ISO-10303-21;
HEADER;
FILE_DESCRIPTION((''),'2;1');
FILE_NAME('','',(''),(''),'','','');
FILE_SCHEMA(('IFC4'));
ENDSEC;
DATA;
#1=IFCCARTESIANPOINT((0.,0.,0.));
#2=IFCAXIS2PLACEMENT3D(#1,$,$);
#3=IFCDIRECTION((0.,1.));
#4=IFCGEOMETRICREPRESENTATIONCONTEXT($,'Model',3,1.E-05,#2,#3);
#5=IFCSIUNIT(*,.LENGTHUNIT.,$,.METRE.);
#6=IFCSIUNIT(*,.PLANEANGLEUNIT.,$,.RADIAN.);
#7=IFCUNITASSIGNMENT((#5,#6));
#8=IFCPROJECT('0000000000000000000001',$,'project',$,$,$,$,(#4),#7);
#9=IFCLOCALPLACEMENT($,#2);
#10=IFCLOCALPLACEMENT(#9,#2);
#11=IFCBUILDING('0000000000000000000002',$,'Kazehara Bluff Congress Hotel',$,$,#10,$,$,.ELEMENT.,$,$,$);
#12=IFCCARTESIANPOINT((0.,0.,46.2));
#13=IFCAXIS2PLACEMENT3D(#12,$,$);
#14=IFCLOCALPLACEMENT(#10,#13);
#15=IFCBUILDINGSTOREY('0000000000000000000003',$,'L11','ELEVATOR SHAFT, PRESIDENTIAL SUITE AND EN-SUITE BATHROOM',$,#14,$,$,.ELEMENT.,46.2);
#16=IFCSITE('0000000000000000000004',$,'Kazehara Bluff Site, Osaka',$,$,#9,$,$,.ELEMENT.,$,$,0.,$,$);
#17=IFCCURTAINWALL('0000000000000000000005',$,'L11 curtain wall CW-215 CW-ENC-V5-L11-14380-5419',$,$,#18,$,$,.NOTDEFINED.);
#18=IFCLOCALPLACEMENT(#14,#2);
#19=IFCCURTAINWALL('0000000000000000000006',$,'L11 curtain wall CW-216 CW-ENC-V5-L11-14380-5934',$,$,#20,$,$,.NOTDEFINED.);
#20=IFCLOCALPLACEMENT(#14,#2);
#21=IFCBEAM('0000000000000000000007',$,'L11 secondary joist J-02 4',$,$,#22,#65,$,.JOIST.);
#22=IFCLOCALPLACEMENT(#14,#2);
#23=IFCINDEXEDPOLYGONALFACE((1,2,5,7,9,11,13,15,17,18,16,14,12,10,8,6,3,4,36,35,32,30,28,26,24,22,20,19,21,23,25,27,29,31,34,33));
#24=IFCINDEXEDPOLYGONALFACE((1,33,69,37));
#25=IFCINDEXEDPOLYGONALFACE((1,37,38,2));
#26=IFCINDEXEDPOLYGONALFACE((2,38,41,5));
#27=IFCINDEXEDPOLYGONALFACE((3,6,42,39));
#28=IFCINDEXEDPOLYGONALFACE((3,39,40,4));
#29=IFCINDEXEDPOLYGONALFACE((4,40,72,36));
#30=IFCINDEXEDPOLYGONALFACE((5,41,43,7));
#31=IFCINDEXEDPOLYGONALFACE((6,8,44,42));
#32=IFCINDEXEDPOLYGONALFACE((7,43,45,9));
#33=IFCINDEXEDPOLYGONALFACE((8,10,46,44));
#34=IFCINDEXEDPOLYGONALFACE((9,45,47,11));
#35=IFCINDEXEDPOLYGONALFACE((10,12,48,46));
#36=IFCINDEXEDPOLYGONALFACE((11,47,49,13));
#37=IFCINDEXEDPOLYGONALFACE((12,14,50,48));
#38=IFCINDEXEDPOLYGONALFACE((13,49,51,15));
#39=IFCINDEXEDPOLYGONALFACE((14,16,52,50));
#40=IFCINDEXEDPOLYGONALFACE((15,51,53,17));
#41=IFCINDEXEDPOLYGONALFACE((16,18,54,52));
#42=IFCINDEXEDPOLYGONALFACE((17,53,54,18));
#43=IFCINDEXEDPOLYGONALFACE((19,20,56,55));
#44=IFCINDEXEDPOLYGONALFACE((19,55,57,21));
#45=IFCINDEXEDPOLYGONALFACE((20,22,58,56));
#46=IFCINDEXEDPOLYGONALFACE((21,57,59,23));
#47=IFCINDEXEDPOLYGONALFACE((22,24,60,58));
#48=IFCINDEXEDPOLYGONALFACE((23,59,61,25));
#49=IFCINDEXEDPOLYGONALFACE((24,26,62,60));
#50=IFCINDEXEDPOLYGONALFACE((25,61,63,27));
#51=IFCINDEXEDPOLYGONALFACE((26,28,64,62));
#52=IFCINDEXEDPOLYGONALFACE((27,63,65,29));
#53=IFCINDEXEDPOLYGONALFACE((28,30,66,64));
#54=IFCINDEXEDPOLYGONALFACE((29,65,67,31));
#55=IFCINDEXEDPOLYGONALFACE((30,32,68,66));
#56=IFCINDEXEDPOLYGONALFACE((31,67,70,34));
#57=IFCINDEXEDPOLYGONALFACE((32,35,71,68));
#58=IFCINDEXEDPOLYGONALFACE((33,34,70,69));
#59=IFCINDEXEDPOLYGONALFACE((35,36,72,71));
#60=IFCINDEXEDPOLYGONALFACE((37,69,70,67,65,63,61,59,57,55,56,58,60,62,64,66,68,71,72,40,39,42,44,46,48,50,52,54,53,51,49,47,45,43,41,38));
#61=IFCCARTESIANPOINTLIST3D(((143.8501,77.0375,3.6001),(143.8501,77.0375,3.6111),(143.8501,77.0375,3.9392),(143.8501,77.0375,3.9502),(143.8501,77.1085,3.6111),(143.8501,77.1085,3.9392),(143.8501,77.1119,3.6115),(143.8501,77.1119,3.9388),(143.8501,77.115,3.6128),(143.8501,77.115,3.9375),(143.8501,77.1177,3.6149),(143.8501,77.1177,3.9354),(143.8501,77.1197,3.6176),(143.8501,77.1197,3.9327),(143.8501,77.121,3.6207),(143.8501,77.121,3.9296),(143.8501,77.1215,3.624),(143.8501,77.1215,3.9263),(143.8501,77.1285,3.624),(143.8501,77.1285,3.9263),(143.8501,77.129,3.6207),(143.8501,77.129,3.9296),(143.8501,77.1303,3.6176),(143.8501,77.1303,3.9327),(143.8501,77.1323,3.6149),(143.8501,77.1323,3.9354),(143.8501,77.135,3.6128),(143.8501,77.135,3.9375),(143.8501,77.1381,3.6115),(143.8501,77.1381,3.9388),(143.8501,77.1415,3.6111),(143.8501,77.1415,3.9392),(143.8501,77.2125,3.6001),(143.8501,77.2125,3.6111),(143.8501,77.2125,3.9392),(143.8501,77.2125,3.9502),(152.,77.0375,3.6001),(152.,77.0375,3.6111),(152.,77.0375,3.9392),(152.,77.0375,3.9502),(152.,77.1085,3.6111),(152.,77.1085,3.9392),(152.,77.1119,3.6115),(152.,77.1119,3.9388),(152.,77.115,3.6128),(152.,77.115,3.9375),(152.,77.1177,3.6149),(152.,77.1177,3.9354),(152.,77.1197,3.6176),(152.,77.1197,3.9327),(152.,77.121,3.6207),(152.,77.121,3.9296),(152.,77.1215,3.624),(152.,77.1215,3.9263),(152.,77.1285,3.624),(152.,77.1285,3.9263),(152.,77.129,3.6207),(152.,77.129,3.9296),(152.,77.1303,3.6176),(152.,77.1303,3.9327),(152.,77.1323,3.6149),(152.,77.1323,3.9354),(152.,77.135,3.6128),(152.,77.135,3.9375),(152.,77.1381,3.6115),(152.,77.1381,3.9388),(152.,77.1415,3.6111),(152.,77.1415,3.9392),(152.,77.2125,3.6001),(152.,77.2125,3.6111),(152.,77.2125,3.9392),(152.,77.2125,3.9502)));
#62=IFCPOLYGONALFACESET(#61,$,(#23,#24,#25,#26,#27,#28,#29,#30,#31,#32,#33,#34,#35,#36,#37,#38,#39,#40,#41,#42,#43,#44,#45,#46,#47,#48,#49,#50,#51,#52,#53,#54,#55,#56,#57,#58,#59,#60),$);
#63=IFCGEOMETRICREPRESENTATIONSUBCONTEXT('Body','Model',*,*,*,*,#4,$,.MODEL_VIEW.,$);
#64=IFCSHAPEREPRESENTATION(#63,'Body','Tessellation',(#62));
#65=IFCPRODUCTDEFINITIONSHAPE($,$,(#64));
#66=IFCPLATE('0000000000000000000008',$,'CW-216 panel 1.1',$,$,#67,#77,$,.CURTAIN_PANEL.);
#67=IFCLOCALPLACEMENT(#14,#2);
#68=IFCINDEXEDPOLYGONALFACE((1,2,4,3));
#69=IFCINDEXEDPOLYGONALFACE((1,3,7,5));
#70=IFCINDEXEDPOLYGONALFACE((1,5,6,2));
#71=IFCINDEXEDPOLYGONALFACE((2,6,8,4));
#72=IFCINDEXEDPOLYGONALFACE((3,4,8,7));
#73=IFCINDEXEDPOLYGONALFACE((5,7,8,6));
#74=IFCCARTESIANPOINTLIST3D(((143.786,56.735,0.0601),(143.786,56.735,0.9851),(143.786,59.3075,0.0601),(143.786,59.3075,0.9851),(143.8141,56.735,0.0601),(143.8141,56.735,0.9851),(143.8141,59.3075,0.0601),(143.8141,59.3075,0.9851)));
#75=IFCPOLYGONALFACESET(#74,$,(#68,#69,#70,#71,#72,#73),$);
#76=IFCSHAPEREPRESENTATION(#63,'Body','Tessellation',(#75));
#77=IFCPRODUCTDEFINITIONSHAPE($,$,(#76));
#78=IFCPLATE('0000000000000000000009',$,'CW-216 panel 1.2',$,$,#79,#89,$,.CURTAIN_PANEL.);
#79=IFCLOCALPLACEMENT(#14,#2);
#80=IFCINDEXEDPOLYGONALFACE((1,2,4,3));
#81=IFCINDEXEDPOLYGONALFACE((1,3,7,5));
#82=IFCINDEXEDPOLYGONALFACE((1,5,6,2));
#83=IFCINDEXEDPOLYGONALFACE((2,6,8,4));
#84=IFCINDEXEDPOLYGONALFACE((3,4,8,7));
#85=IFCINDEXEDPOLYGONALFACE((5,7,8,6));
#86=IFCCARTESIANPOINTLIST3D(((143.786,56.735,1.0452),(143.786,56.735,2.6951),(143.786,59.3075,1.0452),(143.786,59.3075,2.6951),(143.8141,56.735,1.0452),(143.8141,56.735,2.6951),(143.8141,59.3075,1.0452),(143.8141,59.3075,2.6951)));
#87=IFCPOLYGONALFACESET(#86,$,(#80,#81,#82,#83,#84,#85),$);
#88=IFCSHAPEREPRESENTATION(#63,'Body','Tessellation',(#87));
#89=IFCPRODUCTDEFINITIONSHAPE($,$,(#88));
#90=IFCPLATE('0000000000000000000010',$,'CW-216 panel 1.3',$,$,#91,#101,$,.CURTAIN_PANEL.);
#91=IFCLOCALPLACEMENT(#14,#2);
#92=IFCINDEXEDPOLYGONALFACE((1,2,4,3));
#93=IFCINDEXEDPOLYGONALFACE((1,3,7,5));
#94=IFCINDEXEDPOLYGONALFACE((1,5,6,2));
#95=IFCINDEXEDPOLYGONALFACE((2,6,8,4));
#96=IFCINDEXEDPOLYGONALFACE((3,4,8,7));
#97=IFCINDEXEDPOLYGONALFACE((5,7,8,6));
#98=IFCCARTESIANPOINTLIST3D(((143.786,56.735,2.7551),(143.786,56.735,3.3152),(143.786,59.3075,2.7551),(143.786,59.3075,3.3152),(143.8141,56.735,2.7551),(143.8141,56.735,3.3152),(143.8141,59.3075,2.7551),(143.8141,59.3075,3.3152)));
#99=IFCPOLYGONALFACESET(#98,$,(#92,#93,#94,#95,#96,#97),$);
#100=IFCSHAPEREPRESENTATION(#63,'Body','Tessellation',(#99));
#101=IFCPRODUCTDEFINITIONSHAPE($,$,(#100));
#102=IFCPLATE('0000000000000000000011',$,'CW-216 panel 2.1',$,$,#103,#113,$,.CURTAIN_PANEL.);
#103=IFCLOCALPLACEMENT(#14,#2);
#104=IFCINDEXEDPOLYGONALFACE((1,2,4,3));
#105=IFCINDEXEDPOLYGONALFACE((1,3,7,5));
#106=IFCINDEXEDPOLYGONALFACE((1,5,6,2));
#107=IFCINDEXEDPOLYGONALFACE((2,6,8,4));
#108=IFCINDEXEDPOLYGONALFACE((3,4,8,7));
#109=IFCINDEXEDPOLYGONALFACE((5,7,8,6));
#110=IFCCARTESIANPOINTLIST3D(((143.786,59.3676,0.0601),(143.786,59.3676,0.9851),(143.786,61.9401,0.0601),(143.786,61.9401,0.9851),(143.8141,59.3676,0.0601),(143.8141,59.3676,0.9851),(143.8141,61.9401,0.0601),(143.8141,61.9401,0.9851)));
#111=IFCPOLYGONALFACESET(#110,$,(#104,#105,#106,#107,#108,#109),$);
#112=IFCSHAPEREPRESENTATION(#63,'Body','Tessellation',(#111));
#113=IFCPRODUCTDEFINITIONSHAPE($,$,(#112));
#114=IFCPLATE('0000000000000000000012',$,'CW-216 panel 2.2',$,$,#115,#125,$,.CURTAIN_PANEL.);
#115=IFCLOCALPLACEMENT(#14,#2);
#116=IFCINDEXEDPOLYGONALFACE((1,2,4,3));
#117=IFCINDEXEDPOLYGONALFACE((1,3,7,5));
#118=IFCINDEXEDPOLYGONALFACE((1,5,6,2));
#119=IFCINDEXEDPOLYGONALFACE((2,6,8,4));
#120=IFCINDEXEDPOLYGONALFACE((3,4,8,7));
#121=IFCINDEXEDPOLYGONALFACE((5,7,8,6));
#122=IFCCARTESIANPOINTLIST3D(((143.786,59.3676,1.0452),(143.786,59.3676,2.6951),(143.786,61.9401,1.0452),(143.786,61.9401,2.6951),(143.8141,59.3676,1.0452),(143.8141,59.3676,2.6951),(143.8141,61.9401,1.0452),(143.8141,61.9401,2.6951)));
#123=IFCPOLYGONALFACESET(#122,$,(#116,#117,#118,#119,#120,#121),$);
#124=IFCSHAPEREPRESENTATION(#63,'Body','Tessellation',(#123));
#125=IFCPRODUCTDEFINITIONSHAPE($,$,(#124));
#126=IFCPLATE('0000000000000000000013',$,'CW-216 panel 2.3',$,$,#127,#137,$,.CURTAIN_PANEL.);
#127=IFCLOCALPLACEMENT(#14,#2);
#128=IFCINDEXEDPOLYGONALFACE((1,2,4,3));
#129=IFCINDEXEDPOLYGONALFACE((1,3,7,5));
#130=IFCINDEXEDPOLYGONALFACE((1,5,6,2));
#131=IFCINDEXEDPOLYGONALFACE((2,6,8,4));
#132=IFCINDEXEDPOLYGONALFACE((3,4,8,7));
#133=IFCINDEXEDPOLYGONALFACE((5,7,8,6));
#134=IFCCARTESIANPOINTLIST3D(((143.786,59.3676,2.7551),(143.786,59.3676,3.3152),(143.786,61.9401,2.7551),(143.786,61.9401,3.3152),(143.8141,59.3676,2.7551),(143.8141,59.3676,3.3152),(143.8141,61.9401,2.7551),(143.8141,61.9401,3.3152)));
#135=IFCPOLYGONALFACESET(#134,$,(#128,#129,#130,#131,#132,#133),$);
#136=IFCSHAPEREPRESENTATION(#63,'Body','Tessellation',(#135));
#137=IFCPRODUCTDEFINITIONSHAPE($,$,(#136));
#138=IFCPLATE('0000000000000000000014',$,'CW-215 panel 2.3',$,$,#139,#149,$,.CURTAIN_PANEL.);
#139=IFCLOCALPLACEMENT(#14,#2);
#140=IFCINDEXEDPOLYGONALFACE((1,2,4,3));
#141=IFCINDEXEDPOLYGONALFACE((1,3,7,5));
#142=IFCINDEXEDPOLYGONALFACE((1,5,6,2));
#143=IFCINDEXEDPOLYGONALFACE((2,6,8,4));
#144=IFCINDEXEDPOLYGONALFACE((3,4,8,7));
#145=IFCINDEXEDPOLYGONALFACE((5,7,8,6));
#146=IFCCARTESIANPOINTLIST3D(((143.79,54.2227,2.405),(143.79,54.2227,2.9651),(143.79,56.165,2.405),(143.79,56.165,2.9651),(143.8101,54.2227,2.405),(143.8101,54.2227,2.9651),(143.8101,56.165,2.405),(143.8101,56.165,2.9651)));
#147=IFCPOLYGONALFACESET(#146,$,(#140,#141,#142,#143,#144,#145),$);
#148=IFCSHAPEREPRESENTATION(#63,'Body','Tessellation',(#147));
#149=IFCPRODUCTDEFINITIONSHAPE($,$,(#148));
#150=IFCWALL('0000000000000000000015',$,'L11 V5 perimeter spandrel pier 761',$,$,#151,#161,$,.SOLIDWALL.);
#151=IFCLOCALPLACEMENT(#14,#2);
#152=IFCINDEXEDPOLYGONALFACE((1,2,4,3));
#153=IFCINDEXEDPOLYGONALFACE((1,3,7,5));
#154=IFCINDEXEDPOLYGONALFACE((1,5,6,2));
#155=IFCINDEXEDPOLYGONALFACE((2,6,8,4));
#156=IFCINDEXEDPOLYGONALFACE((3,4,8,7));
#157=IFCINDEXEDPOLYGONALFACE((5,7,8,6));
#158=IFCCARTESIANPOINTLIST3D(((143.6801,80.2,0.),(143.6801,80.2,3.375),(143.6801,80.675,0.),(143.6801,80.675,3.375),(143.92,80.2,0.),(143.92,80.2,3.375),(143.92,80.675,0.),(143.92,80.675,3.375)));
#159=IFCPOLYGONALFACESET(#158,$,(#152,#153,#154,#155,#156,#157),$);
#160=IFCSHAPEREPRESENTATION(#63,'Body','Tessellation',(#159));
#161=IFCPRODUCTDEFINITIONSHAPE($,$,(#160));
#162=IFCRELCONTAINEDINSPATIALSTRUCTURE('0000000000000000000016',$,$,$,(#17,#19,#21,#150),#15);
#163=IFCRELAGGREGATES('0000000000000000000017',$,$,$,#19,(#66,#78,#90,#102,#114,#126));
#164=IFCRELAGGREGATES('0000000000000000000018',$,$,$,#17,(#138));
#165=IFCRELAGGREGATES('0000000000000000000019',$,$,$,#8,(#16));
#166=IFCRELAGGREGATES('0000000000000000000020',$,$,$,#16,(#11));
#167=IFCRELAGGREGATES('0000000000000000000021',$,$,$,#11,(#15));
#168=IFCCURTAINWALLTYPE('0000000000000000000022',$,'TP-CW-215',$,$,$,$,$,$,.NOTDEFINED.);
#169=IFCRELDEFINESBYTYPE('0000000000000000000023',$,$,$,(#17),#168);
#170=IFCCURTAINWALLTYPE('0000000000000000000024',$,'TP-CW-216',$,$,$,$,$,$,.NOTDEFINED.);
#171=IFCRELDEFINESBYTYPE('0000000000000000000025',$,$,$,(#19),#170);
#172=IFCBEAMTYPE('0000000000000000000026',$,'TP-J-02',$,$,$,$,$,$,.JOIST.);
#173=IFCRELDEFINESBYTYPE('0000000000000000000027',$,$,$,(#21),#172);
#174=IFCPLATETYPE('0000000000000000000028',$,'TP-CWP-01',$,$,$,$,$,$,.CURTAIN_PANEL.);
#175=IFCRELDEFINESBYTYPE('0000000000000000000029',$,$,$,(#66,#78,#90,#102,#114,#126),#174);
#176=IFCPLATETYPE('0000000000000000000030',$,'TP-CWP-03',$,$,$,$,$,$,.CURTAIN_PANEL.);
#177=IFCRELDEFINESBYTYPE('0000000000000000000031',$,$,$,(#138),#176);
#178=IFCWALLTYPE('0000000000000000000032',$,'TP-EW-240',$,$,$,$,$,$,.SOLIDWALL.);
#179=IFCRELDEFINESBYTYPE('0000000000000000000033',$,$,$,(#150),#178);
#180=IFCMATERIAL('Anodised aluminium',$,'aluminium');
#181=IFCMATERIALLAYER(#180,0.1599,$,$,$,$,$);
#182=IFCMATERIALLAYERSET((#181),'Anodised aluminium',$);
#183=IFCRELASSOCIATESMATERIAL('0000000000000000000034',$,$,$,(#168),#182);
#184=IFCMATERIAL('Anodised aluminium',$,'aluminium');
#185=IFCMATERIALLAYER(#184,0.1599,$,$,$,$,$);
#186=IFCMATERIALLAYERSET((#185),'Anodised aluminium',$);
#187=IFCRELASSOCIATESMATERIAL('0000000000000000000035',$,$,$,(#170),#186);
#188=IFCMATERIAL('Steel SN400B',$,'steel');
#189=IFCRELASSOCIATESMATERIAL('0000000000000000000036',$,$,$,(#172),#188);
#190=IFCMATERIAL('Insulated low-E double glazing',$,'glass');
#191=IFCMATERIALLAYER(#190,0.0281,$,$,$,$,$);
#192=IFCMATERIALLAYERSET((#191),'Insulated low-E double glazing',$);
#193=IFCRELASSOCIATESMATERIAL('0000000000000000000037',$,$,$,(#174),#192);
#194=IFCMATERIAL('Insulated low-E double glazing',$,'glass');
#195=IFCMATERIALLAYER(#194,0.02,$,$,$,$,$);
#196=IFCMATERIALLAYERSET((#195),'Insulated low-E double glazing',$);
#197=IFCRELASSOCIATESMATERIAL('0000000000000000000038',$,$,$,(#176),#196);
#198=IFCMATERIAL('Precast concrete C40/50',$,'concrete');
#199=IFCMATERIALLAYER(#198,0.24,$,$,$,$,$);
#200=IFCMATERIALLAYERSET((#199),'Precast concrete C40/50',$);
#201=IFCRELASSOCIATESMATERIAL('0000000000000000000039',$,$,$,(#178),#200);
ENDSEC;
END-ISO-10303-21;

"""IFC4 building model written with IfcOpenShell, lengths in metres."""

from ifc_helpers import new_model, si_unit, direction, frame, frame_2d, origin, origin_2d, place, context, subcontext, project, spatial, rectangle, i_section, extrude, material, layer, layer_set, material_profile, profile_set, type_object, element, aggregate, save


model = new_model("IFC4")

# Units and contexts
model_context = context("Model", 3, precision=1e-05, world=origin(), true_north=direction((0.0, 1.0)))
body_context = subcontext(model_context, "Body", "Model", "MODEL_VIEW")
ifc_project = project(units=[si_unit("LENGTHUNIT", "METRE"), si_unit("PLANEANGLEUNIT", "RADIAN")], contexts=[model_context])

# Site, building, storey
site_placement = place(None, origin())
site = spatial("IfcSite", under=ifc_project, at=site_placement, Name="Kazehara Bluff Site, Osaka", CompositionType="ELEMENT", RefElevation=0.0)
building_placement = place(site_placement, origin())
building = spatial("IfcBuilding", under=site, at=building_placement, Name="Kazehara Bluff Congress Hotel", CompositionType="ELEMENT")
storey_placement = place(building_placement, frame((0.0, 0.0, 46.2)))
storey = spatial("IfcBuildingStorey", under=building, at=storey_placement, Name="L11", Description="ELEVATOR SHAFT, PRESIDENTIAL SUITE AND EN-SUITE BATHROOM", CompositionType="ELEMENT", Elevation=46.2)

# Curtain wall
ifc_material_1 = material(Name="Anodised aluminium", Category="aluminium")
ifc_layer_1 = layer(ifc_material_1, 0.1599)
ifc_layer_set_1 = layer_set([ifc_layer_1], Name="Anodised aluminium")
curtain_wall_type_1 = type_object("IfcCurtainWallType", Name="TP-CW-215", PredefinedType="NOTDEFINED", material=ifc_layer_set_1)
curtain_wall_1_placement = place(storey_placement, origin())
curtain_wall_1 = element("IfcCurtainWall", 1, at=curtain_wall_1_placement, inside=storey, type_object=curtain_wall_type_1, Name="L11 curtain wall CW-215 CW-ENC-V5-L11-14380-5419", PredefinedType="NOTDEFINED")

# Curtain wall
ifc_material_2 = material(Name="Anodised aluminium", Category="aluminium")
ifc_layer_2 = layer(ifc_material_2, 0.1599)
ifc_layer_set_2 = layer_set([ifc_layer_2], Name="Anodised aluminium")
curtain_wall_type_2 = type_object("IfcCurtainWallType", Name="TP-CW-216", PredefinedType="NOTDEFINED", material=ifc_layer_set_2)
curtain_wall_2_placement = place(storey_placement, origin())
curtain_wall_2 = element("IfcCurtainWall", 2, at=curtain_wall_2_placement, inside=storey, type_object=curtain_wall_type_2, Name="L11 curtain wall CW-216 CW-ENC-V5-L11-14380-5934", PredefinedType="NOTDEFINED")

# Beam
ifc_material_3 = material(Name="Steel SN400B", Category="steel")
ifc_material_profile_1 = material_profile(ifc_material_3, i_section(OverallWidth=0.175, OverallDepth=0.3501, WebThickness=0.0071, FlangeThickness=0.011, FilletRadius=0.0129, at=origin_2d()))
ifc_profile_set_1 = profile_set([ifc_material_profile_1], Name="Steel SN400B")
beam_type = type_object("IfcBeamType", Name="TP-J-02", PredefinedType="JOIST", material=ifc_profile_set_1)
for number, where, z_axis, x_axis, name in (
    (3, (143.8501, 77.125, 3.7751), (1.0, 0.0, 0.0), (0.0, 1.0, 0.0), "L11 secondary joist J-02 4"),
):
    element("IfcBeam", number, at=place(storey_placement, frame(where, z_axis=z_axis, x_axis=x_axis)), inside=storey, type_object=beam_type, Name=name, PredefinedType="JOIST", context=body_context, shape_type="SweptSolid", body=[
        extrude(i_section(OverallWidth=0.175, OverallDepth=0.3501, WebThickness=0.0071, FlangeThickness=0.011, FilletRadius=0.0129, at=origin_2d()), origin(), (0.0, 0.0, 1.0), 8.1499),
    ])

# Plates
ifc_material_4 = material(Name="Insulated low-E double glazing", Category="glass")
ifc_layer_3 = layer(ifc_material_4, 0.0281)
ifc_layer_set_3 = layer_set([ifc_layer_3], Name="Insulated low-E double glazing")
plate_type_1 = type_object("IfcPlateType", Name="TP-CWP-01", PredefinedType="CURTAIN_PANEL", material=ifc_layer_set_3)
plate_1_placement = place(storey_placement, frame((143.8, 58.0212, 0.0601), z_axis=(0.0, 0.0, 1.0), x_axis=(0.0, 1.0, 0.0)))
plate_1 = element("IfcPlate", 4, at=plate_1_placement, type_object=plate_type_1, Name="CW-216 panel 1.1", PredefinedType="CURTAIN_PANEL", context=body_context, shape_type="SweptSolid", body=[
    extrude(rectangle(XDim=2.5725, YDim=0.0281, at=origin_2d()), origin(), (0.0, 0.0, 1.0), 0.925),
])
plate_2_placement = place(storey_placement, frame((143.8, 58.0212, 1.0452), z_axis=(0.0, 0.0, 1.0), x_axis=(0.0, 1.0, 0.0)))
plate_2 = element("IfcPlate", 5, at=plate_2_placement, type_object=plate_type_1, Name="CW-216 panel 1.2", PredefinedType="CURTAIN_PANEL", context=body_context, shape_type="SweptSolid", body=[
    extrude(rectangle(XDim=2.5725, YDim=0.0281, at=origin_2d()), origin(), (0.0, 0.0, 1.0), 1.6499),
])
plate_3_placement = place(storey_placement, frame((143.8, 58.0212, 2.7551), z_axis=(0.0, 0.0, 1.0), x_axis=(0.0, 1.0, 0.0)))
plate_3 = element("IfcPlate", 6, at=plate_3_placement, type_object=plate_type_1, Name="CW-216 panel 1.3", PredefinedType="CURTAIN_PANEL", context=body_context, shape_type="SweptSolid", body=[
    extrude(rectangle(XDim=2.5725, YDim=0.0281, at=origin_2d()), origin(), (0.0, 0.0, 1.0), 0.5601),
])
plate_4_placement = place(storey_placement, frame((143.8, 60.6538, 0.0601), z_axis=(0.0, 0.0, 1.0), x_axis=(0.0, 1.0, 0.0)))
plate_4 = element("IfcPlate", 7, at=plate_4_placement, type_object=plate_type_1, Name="CW-216 panel 2.1", PredefinedType="CURTAIN_PANEL", context=body_context, shape_type="SweptSolid", body=[
    extrude(rectangle(XDim=2.5725, YDim=0.0281, at=origin_2d()), origin(), (0.0, 0.0, 1.0), 0.925),
])
plate_5_placement = place(storey_placement, frame((143.8, 60.6538, 1.0452), z_axis=(0.0, 0.0, 1.0), x_axis=(0.0, 1.0, 0.0)))
plate_5 = element("IfcPlate", 8, at=plate_5_placement, type_object=plate_type_1, Name="CW-216 panel 2.2", PredefinedType="CURTAIN_PANEL", context=body_context, shape_type="SweptSolid", body=[
    extrude(rectangle(XDim=2.5725, YDim=0.0281, at=origin_2d()), origin(), (0.0, 0.0, 1.0), 1.6499),
])
plate_6_placement = place(storey_placement, frame((143.8, 60.6538, 2.7551), z_axis=(0.0, 0.0, 1.0), x_axis=(0.0, 1.0, 0.0)))
plate_6 = element("IfcPlate", 9, at=plate_6_placement, type_object=plate_type_1, Name="CW-216 panel 2.3", PredefinedType="CURTAIN_PANEL", context=body_context, shape_type="SweptSolid", body=[
    extrude(rectangle(XDim=2.5725, YDim=0.0281, at=origin_2d()), origin(), (0.0, 0.0, 1.0), 0.5601),
])
aggregate(curtain_wall_2, [plate_1, plate_2, plate_3, plate_4, plate_5, plate_6])
ifc_material_5 = material(Name="Insulated low-E double glazing", Category="glass")
ifc_layer_4 = layer(ifc_material_5, 0.02)
ifc_layer_set_4 = layer_set([ifc_layer_4], Name="Insulated low-E double glazing")
plate_type_2 = type_object("IfcPlateType", Name="TP-CWP-03", PredefinedType="CURTAIN_PANEL", material=ifc_layer_set_4)
plate_7_placement = place(storey_placement, frame((143.8, 55.1938, 2.405), z_axis=(0.0, 0.0, 1.0), x_axis=(0.0, 1.0, 0.0)))
plate_7 = element("IfcPlate", 10, at=plate_7_placement, type_object=plate_type_2, Name="CW-215 panel 2.3", PredefinedType="CURTAIN_PANEL", context=body_context, shape_type="SweptSolid", body=[
    extrude(rectangle(XDim=1.9424, YDim=0.02, at=origin_2d()), origin(), (0.0, 0.0, 1.0), 0.5601),
])
aggregate(curtain_wall_1, [plate_7])

# Wall
ifc_material_6 = material(Name="Precast concrete C40/50", Category="concrete")
ifc_layer_5 = layer(ifc_material_6, 0.24)
ifc_layer_set_5 = layer_set([ifc_layer_5], Name="Precast concrete C40/50")
wall_type = type_object("IfcWallType", Name="TP-EW-240", PredefinedType="SOLIDWALL", material=ifc_layer_set_5)
wall_placement = place(storey_placement, frame((143.8, 80.2, 0.0), z_axis=(0.0, 0.0, 1.0), x_axis=(0.0, 1.0, 0.0)))
element("IfcWall", 11, at=wall_placement, inside=storey, type_object=wall_type, Name="L11 V5 perimeter spandrel pier 761", PredefinedType="SOLIDWALL", context=body_context, shape_type="SweptSolid", body=[
    extrude(rectangle(XDim=0.4751, YDim=0.24, at=frame_2d((0.2375, 0.0))), origin(), (0.0, 0.0, 1.0), 3.375),
])

save(model, "model.ifc")
